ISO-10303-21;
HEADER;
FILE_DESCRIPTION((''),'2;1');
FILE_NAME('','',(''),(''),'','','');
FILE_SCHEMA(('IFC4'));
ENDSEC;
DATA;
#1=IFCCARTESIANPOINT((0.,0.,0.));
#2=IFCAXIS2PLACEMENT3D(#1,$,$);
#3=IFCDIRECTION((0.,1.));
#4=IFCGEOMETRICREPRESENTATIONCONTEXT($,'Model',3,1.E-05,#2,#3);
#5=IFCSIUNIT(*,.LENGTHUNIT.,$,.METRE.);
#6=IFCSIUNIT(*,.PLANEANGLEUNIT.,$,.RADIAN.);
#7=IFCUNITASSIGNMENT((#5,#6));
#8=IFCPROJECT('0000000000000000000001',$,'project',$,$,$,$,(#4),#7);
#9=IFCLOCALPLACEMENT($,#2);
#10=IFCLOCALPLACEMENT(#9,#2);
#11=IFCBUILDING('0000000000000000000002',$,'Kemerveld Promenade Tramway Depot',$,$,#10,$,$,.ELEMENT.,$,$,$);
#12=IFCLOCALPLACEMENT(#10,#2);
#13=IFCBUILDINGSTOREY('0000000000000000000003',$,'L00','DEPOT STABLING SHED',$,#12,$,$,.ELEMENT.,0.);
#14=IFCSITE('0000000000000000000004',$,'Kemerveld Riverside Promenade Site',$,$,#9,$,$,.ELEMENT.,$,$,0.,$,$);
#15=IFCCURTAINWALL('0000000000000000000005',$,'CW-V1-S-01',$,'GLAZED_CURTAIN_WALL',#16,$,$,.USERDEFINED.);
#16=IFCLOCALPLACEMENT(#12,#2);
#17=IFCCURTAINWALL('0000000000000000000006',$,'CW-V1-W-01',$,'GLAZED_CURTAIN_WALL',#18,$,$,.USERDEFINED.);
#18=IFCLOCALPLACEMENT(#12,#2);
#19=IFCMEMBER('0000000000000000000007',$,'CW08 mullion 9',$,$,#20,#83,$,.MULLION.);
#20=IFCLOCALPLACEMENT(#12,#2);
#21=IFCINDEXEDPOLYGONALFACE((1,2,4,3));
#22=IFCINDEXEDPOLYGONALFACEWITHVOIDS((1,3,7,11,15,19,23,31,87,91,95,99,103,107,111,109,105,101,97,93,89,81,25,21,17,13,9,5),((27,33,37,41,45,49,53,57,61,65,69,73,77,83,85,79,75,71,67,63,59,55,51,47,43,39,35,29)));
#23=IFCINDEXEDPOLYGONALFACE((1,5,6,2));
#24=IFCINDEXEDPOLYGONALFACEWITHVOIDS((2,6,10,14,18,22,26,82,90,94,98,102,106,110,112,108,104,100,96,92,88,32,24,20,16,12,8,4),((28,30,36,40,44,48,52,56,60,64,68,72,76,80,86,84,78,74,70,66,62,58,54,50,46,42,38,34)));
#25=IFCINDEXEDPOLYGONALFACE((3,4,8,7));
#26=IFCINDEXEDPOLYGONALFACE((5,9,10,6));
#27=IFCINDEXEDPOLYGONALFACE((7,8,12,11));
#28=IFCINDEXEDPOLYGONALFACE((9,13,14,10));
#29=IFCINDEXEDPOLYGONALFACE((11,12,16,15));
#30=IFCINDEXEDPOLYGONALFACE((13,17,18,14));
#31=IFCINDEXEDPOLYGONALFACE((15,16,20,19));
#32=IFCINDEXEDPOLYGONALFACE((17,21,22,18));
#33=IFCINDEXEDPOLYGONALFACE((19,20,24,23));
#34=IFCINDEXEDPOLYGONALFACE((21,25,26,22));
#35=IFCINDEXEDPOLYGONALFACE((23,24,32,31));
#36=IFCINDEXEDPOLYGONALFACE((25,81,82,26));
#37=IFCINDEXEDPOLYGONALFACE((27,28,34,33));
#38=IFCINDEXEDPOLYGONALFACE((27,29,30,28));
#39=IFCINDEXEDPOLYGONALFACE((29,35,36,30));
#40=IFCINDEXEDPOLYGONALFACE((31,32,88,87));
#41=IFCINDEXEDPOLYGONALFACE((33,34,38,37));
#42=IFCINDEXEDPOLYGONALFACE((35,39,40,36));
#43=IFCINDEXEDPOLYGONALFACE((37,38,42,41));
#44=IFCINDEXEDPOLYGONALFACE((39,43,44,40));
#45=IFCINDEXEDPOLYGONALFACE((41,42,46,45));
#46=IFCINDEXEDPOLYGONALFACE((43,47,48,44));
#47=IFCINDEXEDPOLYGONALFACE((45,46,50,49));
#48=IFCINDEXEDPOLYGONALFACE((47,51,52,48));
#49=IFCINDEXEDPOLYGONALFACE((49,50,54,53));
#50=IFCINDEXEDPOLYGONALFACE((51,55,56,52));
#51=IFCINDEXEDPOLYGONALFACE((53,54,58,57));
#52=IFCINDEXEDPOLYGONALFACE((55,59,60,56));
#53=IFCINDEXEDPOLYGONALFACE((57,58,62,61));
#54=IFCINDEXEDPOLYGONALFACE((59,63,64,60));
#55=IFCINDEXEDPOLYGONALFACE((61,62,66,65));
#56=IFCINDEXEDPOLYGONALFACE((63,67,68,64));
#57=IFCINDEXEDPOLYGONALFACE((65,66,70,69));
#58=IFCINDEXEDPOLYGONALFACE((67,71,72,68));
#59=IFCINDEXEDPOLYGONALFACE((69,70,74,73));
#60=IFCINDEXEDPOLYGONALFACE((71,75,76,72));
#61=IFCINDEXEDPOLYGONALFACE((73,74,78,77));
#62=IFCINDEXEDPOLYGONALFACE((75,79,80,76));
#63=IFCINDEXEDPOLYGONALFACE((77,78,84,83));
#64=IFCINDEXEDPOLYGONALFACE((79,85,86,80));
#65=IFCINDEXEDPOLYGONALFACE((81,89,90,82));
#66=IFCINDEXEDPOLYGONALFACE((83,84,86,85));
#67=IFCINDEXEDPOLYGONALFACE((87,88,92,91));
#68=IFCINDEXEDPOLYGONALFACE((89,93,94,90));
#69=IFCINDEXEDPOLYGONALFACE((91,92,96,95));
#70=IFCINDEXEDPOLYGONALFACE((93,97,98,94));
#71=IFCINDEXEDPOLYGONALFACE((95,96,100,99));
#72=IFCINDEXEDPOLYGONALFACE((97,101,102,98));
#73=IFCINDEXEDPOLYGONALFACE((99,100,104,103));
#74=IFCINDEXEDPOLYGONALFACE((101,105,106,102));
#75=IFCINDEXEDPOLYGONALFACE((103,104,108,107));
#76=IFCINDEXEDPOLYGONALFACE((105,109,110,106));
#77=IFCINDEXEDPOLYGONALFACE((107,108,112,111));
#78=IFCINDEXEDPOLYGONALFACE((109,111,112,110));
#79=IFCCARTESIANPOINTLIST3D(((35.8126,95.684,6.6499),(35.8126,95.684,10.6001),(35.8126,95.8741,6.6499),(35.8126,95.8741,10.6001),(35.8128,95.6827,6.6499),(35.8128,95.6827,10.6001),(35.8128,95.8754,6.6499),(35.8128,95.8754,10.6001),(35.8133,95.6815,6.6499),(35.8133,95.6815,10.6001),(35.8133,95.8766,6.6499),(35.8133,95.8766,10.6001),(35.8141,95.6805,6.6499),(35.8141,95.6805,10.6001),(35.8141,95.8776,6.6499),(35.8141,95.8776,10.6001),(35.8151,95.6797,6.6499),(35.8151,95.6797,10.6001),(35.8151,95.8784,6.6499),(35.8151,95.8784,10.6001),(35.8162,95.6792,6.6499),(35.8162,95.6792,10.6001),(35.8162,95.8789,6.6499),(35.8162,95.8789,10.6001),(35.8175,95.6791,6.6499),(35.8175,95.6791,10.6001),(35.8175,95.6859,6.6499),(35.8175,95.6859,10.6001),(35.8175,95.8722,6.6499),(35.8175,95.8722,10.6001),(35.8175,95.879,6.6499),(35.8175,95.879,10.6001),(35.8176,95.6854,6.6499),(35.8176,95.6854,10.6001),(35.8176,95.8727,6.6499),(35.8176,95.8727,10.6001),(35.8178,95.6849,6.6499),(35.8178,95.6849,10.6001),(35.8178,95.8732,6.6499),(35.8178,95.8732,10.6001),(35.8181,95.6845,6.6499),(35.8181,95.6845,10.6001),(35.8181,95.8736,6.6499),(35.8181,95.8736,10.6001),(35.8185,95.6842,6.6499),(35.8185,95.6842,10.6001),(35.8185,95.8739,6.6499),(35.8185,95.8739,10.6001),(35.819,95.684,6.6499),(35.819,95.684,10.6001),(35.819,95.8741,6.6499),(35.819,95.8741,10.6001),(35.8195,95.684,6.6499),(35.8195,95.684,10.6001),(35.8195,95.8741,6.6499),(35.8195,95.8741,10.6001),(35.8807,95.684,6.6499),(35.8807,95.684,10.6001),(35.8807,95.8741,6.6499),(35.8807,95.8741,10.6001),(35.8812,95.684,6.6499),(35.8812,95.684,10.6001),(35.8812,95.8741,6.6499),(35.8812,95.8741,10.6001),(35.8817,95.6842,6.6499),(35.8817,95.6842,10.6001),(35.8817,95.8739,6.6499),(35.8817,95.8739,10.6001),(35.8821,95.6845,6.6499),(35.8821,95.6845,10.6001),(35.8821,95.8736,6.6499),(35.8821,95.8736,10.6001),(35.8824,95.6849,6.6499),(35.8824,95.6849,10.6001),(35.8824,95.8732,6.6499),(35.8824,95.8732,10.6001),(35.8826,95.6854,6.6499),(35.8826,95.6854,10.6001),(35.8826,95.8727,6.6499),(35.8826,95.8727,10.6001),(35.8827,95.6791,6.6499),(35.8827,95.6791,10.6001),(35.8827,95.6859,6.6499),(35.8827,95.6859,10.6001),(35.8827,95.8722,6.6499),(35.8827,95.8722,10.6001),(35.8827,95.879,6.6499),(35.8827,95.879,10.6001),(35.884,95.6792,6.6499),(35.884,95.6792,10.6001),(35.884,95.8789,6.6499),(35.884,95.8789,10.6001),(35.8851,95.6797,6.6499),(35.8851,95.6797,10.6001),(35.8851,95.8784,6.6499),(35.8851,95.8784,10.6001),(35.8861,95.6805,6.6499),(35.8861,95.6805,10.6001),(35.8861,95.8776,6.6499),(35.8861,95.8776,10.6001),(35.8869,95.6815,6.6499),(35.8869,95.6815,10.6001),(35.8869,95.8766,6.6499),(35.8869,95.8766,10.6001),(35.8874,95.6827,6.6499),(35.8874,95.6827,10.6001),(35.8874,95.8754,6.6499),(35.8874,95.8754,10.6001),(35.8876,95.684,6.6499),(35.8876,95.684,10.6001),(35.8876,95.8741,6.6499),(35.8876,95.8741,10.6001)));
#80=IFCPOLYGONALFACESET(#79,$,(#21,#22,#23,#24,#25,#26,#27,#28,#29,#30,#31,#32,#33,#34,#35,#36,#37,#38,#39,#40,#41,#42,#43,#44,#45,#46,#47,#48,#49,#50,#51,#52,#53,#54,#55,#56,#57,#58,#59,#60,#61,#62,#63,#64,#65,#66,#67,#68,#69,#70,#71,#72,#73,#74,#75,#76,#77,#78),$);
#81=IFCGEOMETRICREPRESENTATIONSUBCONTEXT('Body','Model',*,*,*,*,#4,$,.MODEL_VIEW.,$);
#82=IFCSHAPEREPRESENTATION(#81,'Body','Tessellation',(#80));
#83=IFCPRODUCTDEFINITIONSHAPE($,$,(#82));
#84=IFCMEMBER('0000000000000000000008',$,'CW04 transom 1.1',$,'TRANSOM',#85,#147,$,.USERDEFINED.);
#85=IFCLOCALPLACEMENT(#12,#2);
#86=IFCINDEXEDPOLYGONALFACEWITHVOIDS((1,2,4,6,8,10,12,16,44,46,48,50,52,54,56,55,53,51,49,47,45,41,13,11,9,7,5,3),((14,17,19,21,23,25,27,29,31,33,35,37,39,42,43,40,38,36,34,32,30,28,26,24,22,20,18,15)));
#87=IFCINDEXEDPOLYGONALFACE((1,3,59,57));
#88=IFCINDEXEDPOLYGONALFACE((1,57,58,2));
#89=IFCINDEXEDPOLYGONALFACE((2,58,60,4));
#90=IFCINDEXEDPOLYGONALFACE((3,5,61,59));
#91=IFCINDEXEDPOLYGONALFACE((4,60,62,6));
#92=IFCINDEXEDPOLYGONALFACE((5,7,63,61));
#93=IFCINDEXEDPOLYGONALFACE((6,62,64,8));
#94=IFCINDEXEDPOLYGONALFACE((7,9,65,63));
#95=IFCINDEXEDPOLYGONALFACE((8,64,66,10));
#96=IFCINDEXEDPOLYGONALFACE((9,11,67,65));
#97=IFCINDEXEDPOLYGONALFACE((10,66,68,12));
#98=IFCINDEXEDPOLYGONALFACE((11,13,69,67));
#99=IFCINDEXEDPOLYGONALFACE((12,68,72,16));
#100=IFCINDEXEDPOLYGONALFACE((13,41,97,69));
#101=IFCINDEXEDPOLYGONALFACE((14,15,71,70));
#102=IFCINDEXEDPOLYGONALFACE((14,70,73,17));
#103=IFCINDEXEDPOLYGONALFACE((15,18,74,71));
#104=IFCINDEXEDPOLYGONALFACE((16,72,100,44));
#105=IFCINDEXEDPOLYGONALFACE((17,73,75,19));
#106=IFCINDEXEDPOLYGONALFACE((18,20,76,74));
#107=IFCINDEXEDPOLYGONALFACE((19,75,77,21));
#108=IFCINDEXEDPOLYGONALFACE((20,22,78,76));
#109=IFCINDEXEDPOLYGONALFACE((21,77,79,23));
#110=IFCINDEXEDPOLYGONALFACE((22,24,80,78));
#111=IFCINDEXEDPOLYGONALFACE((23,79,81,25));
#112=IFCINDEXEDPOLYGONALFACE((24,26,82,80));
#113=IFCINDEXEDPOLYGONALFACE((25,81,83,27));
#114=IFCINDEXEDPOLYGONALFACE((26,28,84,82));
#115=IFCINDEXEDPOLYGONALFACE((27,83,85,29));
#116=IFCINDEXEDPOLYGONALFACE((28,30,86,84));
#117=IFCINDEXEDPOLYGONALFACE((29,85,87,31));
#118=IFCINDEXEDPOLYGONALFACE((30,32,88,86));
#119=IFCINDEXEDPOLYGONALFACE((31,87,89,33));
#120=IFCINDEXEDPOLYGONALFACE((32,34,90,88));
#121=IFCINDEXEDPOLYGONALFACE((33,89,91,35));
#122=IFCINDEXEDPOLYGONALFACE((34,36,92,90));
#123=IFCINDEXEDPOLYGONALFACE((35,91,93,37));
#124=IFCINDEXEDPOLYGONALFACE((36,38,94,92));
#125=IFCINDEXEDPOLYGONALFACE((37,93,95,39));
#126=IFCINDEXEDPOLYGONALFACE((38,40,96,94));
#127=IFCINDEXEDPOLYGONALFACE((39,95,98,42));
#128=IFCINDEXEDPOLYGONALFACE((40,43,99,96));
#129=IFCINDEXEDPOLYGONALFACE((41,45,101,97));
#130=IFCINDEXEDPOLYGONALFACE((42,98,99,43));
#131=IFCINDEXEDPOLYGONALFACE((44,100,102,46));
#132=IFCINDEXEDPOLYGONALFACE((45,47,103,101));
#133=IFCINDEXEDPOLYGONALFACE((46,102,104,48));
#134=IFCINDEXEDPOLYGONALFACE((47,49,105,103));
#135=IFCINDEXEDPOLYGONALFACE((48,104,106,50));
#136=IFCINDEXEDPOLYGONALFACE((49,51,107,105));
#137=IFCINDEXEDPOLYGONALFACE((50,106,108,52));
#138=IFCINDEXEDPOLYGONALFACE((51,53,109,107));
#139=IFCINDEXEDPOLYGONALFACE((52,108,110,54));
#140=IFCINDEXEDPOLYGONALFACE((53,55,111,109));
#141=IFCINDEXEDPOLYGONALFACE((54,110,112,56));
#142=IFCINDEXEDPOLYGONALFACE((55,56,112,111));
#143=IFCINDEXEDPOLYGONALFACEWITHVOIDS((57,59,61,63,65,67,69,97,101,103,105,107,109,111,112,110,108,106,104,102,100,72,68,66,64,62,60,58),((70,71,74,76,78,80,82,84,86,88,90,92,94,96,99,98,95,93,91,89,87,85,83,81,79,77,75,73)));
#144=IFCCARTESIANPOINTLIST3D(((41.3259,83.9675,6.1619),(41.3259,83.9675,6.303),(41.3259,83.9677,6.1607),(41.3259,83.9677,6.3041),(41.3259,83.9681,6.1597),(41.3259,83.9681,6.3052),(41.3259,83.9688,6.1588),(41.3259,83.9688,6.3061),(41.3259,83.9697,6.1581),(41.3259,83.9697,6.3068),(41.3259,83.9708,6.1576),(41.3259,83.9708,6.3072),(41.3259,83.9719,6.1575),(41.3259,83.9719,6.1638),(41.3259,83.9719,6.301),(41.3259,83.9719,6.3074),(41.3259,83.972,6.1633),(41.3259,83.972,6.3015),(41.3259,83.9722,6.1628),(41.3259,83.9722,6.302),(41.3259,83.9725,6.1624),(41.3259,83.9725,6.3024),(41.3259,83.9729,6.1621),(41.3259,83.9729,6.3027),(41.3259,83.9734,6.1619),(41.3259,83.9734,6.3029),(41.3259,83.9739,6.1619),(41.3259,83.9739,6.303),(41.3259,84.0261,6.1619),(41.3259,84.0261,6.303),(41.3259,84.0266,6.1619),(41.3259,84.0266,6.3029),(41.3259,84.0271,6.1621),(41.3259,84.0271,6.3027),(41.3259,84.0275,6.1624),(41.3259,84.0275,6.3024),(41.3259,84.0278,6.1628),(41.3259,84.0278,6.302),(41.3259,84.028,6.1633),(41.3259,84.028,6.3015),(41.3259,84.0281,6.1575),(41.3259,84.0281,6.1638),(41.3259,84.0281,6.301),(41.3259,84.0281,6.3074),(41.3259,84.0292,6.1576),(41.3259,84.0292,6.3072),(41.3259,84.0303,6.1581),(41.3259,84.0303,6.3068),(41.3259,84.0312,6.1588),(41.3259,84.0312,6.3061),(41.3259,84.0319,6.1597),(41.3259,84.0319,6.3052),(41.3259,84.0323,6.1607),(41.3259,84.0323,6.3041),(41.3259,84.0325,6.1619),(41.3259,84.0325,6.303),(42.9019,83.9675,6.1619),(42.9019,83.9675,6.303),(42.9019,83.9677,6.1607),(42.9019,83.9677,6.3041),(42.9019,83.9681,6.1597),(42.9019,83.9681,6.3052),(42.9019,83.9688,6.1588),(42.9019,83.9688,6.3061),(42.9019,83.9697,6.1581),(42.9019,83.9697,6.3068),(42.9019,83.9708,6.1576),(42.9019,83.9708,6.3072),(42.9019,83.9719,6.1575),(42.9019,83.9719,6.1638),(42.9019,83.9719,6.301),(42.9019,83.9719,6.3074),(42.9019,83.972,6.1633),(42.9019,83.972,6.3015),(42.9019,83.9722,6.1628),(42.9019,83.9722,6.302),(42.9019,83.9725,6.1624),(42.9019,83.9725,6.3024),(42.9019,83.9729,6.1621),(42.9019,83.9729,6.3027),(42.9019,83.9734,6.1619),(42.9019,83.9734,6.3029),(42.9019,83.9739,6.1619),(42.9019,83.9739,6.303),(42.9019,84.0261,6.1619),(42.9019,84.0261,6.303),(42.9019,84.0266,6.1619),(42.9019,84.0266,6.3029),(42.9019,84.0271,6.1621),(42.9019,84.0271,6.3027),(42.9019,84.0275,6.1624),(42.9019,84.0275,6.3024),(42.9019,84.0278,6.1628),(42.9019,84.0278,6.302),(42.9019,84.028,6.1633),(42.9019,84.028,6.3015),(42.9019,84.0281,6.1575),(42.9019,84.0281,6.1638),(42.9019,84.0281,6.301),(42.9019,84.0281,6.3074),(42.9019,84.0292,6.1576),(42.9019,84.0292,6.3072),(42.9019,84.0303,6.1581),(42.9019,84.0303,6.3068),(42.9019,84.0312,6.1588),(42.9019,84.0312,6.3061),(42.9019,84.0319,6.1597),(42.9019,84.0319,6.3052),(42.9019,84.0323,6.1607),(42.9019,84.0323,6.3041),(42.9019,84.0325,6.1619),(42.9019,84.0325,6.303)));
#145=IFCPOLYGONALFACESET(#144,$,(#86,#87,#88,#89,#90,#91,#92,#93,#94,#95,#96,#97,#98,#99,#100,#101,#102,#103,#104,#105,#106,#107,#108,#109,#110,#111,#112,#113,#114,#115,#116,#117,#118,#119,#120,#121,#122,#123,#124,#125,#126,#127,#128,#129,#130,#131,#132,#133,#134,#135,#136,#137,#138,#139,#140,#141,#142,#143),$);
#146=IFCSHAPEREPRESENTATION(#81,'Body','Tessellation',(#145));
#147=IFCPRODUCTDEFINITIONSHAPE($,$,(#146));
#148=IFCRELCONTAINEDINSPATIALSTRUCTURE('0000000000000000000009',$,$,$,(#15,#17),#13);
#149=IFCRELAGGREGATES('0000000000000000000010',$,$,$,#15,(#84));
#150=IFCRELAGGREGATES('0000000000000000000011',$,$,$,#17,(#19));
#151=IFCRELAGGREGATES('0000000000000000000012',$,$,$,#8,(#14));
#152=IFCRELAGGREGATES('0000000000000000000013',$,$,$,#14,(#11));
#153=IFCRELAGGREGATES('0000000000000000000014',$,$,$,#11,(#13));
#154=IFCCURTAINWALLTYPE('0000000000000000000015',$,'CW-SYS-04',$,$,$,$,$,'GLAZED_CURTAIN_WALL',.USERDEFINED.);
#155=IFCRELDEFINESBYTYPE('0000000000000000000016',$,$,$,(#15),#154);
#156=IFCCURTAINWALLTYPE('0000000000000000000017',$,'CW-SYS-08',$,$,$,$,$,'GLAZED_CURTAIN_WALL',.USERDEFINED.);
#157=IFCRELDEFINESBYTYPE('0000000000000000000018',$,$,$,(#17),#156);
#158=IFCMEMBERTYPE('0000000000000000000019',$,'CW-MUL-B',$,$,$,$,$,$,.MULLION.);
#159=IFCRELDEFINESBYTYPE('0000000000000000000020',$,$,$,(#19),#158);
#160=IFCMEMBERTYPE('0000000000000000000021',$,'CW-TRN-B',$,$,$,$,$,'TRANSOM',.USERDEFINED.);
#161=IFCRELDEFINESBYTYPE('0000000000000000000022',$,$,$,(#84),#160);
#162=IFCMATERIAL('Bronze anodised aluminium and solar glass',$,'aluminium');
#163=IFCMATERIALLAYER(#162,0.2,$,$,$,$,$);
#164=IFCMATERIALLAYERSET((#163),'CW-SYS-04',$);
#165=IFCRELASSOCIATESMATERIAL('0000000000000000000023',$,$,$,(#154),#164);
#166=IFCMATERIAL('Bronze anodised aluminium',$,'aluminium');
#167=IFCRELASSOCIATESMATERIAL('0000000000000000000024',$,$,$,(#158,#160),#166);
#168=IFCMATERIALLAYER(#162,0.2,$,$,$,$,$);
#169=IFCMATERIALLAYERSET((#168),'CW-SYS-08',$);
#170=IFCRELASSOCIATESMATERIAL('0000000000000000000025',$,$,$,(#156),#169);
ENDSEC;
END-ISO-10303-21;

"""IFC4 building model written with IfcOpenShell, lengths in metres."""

from ifc_helpers import new_model, si_unit, direction, frame, origin, origin_2d, place, context, subcontext, project, spatial, hollow_rectangle, extrude, material, layer, layer_set, material_profile, profile_set, type_object, element, aggregate, save


model = new_model("IFC4")

# Units and contexts
model_context = context("Model", 3, precision=1e-05, world=origin(), true_north=direction((0.0, 1.0)))
body_context = subcontext(model_context, "Body", "Model", "MODEL_VIEW")
ifc_project = project(units=[si_unit("LENGTHUNIT", "METRE"), si_unit("PLANEANGLEUNIT", "RADIAN")], contexts=[model_context])

# Site, building, storey
site_placement = place(None, origin())
site = spatial("IfcSite", under=ifc_project, at=site_placement, Name="Kemerveld Riverside Promenade Site", CompositionType="ELEMENT", RefElevation=0.0)
building_placement = place(site_placement, origin())
building = spatial("IfcBuilding", under=site, at=building_placement, Name="Kemerveld Promenade Tramway Depot", CompositionType="ELEMENT")
storey_placement = place(building_placement, origin())
storey = spatial("IfcBuildingStorey", under=building, at=storey_placement, Name="L00", Description="DEPOT STABLING SHED", CompositionType="ELEMENT", Elevation=0.0)

# Curtain walls, member
ifc_material_1 = material(Name="Bronze anodised aluminium and solar glass", Category="aluminium")
ifc_layer_1 = layer(ifc_material_1, 0.2)
ifc_layer_set_1 = layer_set([ifc_layer_1], Name="CW-SYS-04")
curtain_wall_type_1 = type_object("IfcCurtainWallType", Name="CW-SYS-04", ElementType="GLAZED_CURTAIN_WALL", PredefinedType="USERDEFINED", material=ifc_layer_set_1)
curtain_wall_1_placement = place(storey_placement, origin())
curtain_wall_1 = element("IfcCurtainWall", 1, at=curtain_wall_1_placement, inside=storey, type_object=curtain_wall_type_1, Name="CW-V1-S-01", ObjectType="GLAZED_CURTAIN_WALL", PredefinedType="USERDEFINED")
ifc_material_2 = material(Name="Bronze anodised aluminium", Category="aluminium")
ifc_material_profile_1 = material_profile(ifc_material_2, hollow_rectangle(XDim=0.075, YDim=0.2, WallThickness=0.0049, InnerFilletRadius=0.002, OuterFilletRadius=0.0049, at=origin_2d()), Name="CW-MUL-200x75")
ifc_profile_set_1 = profile_set([ifc_material_profile_1], Name="Bronze anodised aluminium")
member_type_1 = type_object("IfcMemberType", Name="CW-MUL-B", PredefinedType="MULLION", material=ifc_profile_set_1)
ifc_layer_2 = layer(ifc_material_1, 0.2)
ifc_layer_set_2 = layer_set([ifc_layer_2], Name="CW-SYS-08")
curtain_wall_type_2 = type_object("IfcCurtainWallType", Name="CW-SYS-08", ElementType="GLAZED_CURTAIN_WALL", PredefinedType="USERDEFINED", material=ifc_layer_set_2)
curtain_wall_2_placement = place(storey_placement, origin())
curtain_wall_2 = element("IfcCurtainWall", 2, at=curtain_wall_2_placement, inside=storey, type_object=curtain_wall_type_2, Name="CW-V1-W-01", ObjectType="GLAZED_CURTAIN_WALL", PredefinedType="USERDEFINED")
member_1_placement = place(storey_placement, frame((35.8501, 95.7791, 6.6499), z_axis=(0.0, 0.0, 1.0), x_axis=(-1.0, 0.0, 0.0)))
member_1 = element("IfcMember", 3, at=member_1_placement, type_object=member_type_1, Name="CW08 mullion 9", PredefinedType="MULLION", context=body_context, shape_type="SweptSolid", body=[
    extrude(hollow_rectangle(XDim=0.075, YDim=0.2, WallThickness=0.0049, InnerFilletRadius=0.002, OuterFilletRadius=0.0049, at=origin_2d()), origin(), (0.0, 0.0, 1.0), 3.9502),
])

# Member
ifc_material_profile_2 = material_profile(ifc_material_2, hollow_rectangle(XDim=0.0649, YDim=0.1499, WallThickness=0.0044, InnerFilletRadius=0.002, OuterFilletRadius=0.0044, at=origin_2d()), Name="CW-TRN-150x65")
ifc_profile_set_2 = profile_set([ifc_material_profile_2], Name="Bronze anodised aluminium")
member_type_2 = type_object("IfcMemberType", Name="CW-TRN-B", ElementType="TRANSOM", PredefinedType="USERDEFINED", material=ifc_profile_set_2)
member_2_placement = place(storey_placement, frame((42.9019, 84.0, 6.2324), z_axis=(-1.0, 0.0, 0.0), x_axis=(0.0, -1.0, 0.0)))
member_2 = element("IfcMember", 4, at=member_2_placement, type_object=member_type_2, Name="CW04 transom 1.1", ObjectType="TRANSOM", PredefinedType="USERDEFINED", context=body_context, shape_type="SweptSolid", body=[
    extrude(hollow_rectangle(XDim=0.0649, YDim=0.1499, WallThickness=0.0044, InnerFilletRadius=0.002, OuterFilletRadius=0.0044, at=origin_2d()), origin(), (0.0, 0.0, 1.0), 1.5759),
])

aggregate(curtain_wall_1, [member_2])
aggregate(curtain_wall_2, [member_1])

save(model, "model.ifc")
